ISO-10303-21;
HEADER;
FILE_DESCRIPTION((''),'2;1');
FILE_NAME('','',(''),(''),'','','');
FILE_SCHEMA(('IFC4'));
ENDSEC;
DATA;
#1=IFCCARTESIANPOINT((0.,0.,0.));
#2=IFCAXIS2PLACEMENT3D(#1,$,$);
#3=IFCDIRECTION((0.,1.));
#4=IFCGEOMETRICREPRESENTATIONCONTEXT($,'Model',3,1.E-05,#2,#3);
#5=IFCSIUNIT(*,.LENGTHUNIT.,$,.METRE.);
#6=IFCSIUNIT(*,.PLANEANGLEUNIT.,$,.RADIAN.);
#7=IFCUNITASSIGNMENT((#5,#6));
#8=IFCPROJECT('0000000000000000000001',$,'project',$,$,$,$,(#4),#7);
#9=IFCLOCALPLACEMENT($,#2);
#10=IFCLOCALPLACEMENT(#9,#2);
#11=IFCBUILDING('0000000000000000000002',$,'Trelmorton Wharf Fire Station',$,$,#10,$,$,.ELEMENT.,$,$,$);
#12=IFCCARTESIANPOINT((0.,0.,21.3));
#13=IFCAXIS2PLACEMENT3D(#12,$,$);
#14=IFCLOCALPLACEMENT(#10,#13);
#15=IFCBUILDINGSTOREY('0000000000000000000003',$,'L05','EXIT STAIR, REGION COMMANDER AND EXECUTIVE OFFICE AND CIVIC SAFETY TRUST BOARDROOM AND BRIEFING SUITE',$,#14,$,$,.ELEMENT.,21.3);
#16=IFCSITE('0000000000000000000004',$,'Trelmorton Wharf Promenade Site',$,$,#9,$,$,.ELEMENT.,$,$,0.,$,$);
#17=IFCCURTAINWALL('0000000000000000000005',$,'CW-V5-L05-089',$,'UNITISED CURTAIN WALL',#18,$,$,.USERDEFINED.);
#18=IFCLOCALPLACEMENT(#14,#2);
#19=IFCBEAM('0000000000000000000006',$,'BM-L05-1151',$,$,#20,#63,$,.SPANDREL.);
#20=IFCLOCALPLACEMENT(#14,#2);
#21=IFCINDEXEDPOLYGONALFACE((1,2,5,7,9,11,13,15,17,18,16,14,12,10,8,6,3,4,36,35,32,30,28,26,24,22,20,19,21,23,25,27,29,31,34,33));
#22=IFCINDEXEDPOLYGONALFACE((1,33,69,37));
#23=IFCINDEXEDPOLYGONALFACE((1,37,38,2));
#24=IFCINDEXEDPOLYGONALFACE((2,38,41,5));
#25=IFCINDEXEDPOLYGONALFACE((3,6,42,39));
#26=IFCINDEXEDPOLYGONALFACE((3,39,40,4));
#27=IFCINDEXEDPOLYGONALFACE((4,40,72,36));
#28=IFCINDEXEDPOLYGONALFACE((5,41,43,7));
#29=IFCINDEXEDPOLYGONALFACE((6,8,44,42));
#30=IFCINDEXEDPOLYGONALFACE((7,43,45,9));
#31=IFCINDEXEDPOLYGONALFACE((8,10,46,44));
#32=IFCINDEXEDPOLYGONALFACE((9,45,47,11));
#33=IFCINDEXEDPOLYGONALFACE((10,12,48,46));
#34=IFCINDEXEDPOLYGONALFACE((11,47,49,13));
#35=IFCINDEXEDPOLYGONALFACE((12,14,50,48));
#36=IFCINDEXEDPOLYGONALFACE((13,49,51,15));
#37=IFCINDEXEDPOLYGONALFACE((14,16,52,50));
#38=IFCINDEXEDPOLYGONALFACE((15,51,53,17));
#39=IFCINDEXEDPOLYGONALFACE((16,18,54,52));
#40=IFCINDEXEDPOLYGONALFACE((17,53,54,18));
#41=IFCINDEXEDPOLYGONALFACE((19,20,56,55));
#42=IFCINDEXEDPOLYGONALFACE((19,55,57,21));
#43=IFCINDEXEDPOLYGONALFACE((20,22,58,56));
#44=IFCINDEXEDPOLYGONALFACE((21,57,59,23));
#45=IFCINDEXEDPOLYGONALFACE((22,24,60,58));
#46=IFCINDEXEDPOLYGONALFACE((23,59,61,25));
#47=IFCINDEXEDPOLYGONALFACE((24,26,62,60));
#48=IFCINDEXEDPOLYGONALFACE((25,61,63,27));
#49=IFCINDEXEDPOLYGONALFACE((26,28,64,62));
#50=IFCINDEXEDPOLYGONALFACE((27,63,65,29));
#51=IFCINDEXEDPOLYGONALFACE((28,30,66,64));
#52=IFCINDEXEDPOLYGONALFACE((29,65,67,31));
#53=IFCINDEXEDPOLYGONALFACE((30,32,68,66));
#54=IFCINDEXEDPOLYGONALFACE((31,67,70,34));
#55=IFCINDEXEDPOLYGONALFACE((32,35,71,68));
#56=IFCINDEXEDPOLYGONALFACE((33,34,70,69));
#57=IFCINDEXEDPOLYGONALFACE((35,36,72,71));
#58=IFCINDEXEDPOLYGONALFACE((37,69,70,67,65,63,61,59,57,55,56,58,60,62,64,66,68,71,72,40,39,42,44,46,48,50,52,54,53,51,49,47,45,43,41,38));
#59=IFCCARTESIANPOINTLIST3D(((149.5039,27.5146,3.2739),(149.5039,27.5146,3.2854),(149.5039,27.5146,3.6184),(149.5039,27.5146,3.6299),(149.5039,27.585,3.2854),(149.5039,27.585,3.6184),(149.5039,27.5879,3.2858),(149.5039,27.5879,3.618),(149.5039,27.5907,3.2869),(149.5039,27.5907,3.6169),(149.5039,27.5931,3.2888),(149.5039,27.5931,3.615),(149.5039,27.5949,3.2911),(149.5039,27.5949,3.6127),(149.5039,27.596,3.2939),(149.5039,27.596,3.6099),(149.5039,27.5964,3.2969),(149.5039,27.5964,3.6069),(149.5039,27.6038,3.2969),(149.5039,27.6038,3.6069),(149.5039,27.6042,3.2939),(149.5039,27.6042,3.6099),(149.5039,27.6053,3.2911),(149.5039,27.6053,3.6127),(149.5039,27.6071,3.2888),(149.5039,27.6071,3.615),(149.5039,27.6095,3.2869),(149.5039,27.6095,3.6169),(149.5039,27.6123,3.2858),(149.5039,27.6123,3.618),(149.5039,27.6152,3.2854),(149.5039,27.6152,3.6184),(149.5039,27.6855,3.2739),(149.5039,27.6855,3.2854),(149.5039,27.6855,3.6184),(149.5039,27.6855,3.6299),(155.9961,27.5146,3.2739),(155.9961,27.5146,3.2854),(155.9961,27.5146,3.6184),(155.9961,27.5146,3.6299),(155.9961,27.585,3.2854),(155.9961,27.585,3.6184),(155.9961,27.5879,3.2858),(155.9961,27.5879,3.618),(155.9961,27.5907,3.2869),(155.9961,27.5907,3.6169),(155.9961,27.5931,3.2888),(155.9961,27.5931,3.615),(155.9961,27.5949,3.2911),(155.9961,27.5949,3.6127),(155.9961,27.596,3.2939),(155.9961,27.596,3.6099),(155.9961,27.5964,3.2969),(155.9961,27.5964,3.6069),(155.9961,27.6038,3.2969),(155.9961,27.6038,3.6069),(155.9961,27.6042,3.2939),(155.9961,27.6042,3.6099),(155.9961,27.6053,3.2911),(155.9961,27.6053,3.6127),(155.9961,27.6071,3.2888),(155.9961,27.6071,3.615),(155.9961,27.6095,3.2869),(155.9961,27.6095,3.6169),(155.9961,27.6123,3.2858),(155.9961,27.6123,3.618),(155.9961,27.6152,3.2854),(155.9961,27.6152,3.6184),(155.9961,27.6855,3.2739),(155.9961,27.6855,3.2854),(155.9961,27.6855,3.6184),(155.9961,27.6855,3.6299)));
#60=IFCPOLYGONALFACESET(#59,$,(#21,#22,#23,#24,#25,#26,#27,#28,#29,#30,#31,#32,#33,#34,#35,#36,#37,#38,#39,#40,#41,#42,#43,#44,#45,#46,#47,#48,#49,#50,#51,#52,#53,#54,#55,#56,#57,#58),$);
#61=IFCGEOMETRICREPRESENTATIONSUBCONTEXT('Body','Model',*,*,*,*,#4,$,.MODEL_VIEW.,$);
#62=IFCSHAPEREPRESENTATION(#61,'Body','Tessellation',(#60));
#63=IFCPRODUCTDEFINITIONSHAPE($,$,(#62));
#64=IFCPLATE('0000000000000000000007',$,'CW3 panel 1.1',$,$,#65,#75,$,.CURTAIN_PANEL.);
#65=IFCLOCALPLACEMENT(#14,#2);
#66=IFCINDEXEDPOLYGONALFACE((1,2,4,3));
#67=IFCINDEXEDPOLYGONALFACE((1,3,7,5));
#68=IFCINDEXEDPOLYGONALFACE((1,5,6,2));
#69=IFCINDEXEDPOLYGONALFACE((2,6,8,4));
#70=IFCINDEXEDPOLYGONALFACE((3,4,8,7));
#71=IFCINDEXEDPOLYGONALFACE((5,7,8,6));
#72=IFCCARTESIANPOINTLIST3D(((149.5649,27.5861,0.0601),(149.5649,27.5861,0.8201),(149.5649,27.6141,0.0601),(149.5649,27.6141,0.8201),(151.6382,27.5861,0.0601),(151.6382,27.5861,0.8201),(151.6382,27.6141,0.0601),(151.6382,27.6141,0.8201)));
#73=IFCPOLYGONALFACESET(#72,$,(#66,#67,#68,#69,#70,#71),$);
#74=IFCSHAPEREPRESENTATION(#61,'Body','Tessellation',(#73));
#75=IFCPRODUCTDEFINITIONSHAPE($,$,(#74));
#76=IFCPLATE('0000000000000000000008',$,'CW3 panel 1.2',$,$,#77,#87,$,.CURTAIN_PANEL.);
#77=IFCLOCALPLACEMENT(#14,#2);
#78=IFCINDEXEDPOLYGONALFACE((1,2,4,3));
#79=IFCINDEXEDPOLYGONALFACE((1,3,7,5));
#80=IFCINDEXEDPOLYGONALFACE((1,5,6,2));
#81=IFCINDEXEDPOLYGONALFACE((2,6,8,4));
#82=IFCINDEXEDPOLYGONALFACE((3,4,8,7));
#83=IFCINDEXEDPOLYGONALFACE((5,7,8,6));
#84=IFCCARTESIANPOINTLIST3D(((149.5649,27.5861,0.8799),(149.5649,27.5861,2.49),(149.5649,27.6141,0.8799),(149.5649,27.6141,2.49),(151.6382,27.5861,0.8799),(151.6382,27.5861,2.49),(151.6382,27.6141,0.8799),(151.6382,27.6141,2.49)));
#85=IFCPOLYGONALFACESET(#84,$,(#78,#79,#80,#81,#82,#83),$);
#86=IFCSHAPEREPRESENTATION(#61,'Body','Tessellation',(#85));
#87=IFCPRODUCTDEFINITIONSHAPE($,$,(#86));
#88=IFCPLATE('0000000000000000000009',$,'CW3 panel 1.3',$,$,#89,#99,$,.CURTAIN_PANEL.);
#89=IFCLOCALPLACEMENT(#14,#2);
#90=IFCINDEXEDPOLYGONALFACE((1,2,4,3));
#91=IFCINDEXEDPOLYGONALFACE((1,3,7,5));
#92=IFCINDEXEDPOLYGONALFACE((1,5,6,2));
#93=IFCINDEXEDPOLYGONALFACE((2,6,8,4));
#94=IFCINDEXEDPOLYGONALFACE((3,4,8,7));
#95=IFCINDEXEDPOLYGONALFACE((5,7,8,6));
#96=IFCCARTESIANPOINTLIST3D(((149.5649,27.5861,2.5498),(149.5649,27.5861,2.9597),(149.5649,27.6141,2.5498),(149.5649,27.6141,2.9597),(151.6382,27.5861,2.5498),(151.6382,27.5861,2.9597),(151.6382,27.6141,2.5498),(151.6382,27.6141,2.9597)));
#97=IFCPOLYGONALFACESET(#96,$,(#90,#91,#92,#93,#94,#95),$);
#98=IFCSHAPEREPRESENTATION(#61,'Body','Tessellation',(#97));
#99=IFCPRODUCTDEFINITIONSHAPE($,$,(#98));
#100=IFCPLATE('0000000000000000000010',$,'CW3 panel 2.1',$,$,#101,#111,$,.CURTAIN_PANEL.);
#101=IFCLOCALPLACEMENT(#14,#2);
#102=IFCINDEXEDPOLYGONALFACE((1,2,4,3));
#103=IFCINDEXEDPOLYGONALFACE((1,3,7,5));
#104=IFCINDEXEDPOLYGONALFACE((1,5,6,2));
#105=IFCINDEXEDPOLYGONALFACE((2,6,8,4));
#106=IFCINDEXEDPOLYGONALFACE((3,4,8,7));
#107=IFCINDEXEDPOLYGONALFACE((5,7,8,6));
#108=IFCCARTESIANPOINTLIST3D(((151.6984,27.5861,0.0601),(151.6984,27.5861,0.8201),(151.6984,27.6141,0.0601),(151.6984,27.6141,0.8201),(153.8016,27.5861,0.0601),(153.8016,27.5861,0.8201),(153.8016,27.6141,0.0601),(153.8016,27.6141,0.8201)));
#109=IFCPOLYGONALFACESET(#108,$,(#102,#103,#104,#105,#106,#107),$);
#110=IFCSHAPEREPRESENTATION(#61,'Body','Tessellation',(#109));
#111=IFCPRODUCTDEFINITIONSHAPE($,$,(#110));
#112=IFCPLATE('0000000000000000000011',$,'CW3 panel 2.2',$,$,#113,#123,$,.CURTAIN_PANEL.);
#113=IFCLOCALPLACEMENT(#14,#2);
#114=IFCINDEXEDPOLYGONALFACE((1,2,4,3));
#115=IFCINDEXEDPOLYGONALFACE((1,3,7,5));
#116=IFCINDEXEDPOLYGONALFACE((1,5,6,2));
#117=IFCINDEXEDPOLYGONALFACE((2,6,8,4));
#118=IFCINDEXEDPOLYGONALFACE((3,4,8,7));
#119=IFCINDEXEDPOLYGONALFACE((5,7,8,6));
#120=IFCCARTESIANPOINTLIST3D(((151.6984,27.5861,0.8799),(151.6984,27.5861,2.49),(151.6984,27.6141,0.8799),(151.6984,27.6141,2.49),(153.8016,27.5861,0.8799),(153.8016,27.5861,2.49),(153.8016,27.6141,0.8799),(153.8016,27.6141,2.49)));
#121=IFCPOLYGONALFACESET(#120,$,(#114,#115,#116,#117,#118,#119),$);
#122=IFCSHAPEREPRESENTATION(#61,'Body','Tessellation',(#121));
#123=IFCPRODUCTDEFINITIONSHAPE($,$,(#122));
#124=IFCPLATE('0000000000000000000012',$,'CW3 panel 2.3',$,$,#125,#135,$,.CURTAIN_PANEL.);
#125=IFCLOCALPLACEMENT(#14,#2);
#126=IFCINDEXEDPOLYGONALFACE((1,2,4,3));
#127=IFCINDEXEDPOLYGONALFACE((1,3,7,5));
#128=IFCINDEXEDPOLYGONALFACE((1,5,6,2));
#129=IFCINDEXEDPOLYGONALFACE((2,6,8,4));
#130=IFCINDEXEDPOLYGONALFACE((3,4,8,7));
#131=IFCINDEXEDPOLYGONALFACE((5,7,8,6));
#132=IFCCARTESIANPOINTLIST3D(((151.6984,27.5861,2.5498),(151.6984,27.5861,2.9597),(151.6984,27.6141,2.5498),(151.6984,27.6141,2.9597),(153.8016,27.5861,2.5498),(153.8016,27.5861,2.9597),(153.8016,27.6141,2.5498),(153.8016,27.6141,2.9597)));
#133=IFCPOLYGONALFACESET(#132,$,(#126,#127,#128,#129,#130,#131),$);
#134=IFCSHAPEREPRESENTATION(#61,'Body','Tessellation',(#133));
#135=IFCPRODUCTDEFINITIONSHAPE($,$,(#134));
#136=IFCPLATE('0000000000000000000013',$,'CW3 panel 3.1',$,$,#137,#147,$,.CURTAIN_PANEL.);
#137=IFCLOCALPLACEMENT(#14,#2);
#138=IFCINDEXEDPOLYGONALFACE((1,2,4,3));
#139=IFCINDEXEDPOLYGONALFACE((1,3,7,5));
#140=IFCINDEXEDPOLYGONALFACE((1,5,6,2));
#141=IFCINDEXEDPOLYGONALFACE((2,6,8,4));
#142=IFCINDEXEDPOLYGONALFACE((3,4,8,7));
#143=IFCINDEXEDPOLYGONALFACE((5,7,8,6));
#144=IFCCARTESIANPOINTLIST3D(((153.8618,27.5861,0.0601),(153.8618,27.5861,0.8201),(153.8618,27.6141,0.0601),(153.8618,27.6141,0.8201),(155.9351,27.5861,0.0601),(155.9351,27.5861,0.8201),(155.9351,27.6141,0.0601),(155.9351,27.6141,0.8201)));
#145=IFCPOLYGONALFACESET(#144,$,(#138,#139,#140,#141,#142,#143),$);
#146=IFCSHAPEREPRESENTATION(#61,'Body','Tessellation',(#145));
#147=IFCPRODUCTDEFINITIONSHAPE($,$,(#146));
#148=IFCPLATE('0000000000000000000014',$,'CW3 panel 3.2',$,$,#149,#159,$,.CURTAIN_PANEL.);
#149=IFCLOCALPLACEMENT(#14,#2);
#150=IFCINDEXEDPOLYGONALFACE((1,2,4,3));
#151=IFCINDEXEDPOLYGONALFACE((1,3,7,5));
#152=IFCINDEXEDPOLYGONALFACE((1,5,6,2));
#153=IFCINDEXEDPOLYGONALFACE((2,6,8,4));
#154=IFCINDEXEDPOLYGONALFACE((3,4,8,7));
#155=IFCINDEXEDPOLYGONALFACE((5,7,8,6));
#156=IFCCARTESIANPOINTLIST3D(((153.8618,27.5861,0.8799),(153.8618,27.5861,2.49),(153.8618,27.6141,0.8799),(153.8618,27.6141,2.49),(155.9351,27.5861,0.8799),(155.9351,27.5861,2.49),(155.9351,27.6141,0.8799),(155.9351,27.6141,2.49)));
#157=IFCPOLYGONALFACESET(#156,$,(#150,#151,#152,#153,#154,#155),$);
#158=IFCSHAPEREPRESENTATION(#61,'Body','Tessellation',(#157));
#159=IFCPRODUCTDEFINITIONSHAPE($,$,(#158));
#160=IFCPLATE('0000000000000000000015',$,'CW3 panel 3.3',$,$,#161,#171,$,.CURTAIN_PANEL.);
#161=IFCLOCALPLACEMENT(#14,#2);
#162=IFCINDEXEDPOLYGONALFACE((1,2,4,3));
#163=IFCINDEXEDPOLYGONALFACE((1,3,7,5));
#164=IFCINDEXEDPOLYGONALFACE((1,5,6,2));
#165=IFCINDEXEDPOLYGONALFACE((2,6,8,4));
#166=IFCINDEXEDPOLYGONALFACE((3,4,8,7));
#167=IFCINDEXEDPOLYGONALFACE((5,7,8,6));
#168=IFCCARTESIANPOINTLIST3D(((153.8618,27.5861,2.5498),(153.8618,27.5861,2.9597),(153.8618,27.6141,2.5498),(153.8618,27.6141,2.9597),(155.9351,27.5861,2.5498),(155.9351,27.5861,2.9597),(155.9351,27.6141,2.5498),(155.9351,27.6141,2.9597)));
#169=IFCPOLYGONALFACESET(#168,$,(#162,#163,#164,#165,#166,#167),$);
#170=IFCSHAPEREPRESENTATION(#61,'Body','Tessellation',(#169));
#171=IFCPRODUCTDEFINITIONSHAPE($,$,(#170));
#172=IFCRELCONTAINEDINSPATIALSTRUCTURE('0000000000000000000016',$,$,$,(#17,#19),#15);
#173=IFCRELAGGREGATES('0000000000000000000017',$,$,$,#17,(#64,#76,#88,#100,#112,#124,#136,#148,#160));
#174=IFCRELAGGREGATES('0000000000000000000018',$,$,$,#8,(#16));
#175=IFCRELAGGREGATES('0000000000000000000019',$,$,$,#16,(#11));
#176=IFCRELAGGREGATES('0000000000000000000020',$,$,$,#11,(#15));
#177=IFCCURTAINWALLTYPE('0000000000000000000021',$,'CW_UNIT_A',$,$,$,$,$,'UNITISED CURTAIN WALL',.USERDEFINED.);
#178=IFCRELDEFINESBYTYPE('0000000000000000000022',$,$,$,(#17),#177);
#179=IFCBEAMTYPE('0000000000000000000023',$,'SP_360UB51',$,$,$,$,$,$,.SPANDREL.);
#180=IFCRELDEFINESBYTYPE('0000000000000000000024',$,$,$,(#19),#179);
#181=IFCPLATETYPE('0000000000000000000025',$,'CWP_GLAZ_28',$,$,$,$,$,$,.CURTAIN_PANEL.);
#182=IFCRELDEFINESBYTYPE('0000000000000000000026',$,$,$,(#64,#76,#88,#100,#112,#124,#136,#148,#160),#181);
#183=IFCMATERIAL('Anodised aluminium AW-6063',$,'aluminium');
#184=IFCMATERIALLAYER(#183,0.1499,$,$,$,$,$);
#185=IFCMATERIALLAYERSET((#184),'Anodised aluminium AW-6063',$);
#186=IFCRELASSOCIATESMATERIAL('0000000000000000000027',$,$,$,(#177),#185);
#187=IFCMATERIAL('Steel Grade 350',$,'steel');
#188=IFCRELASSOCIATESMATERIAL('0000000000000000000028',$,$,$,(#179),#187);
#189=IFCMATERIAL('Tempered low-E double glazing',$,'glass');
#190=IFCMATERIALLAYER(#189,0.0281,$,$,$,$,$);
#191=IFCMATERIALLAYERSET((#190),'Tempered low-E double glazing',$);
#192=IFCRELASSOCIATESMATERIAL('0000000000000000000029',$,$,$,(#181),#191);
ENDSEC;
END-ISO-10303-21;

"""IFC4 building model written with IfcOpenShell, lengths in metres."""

from ifc_helpers import new_model, si_unit, direction, frame, origin, origin_2d, place, context, subcontext, project, spatial, rectangle, i_section, extrude, material, layer, layer_set, material_profile, profile_set, type_object, element, aggregate, save


model = new_model("IFC4")

# Units and contexts
model_context = context("Model", 3, precision=1e-05, world=origin(), true_north=direction((0.0, 1.0)))
body_context = subcontext(model_context, "Body", "Model", "MODEL_VIEW")
ifc_project = project(units=[si_unit("LENGTHUNIT", "METRE"), si_unit("PLANEANGLEUNIT", "RADIAN")], contexts=[model_context])

# Site, building, storey
site_placement = place(None, origin())
site = spatial("IfcSite", under=ifc_project, at=site_placement, Name="Trelmorton Wharf Promenade Site", CompositionType="ELEMENT", RefElevation=0.0)
building_placement = place(site_placement, origin())
building = spatial("IfcBuilding", under=site, at=building_placement, Name="Trelmorton Wharf Fire Station", CompositionType="ELEMENT")
storey_placement = place(building_placement, frame((0.0, 0.0, 21.3)))
storey = spatial("IfcBuildingStorey", under=building, at=storey_placement, Name="L05", Description="EXIT STAIR, REGION COMMANDER AND EXECUTIVE OFFICE AND CIVIC SAFETY TRUST BOARDROOM AND BRIEFING SUITE", CompositionType="ELEMENT", Elevation=21.3)

# Shared definitions
ifc_material_1 = material(Name="Steel Grade 350", Category="steel")

# Curtain wall
ifc_material_2 = material(Name="Anodised aluminium AW-6063", Category="aluminium")
ifc_layer_1 = layer(ifc_material_2, 0.1499)
ifc_layer_set_1 = layer_set([ifc_layer_1], Name="Anodised aluminium AW-6063")
curtain_wall_type = type_object("IfcCurtainWallType", Name="CW_UNIT_A", ElementType="UNITISED CURTAIN WALL", PredefinedType="USERDEFINED", material=ifc_layer_set_1)
curtain_wall_placement = place(storey_placement, origin())
curtain_wall = element("IfcCurtainWall", 1, at=curtain_wall_placement, inside=storey, type_object=curtain_wall_type, Name="CW-V5-L05-089", ObjectType="UNITISED CURTAIN WALL", PredefinedType="USERDEFINED")

# Beam
ifc_material_profile_1 = material_profile(ifc_material_1, i_section(OverallWidth=0.1709, OverallDepth=0.356, WebThickness=0.0073, FlangeThickness=0.0115, FilletRadius=0.0115, at=origin_2d()), Name="360UB50.7")
ifc_profile_set_1 = profile_set([ifc_material_profile_1], Name="Steel Grade 350")
beam_type_1 = type_object("IfcBeamType", Name="SP_360UB51", PredefinedType="SPANDREL", material=ifc_profile_set_1)
beam_1_placement = place(storey_placement, frame((149.5039, 27.6001, 3.4519), z_axis=(1.0, 0.0, 0.0), x_axis=(0.0, 1.0, 0.0)))
element("IfcBeam", 2, at=beam_1_placement, inside=storey, type_object=beam_type_1, Name="BM-L05-1151", PredefinedType="SPANDREL", context=body_context, shape_type="SweptSolid", body=[
    extrude(i_section(OverallWidth=0.1709, OverallDepth=0.356, WebThickness=0.0073, FlangeThickness=0.0115, FilletRadius=0.0115, at=origin_2d()), origin(), (0.0, 0.0, 1.0), 6.4922),
])

# Plates
ifc_material_3 = material(Name="Tempered low-E double glazing", Category="glass")
ifc_layer_2 = layer(ifc_material_3, 0.0281)
ifc_layer_set_2 = layer_set([ifc_layer_2], Name="Tempered low-E double glazing")
plate_type = type_object("IfcPlateType", Name="CWP_GLAZ_28", PredefinedType="CURTAIN_PANEL", material=ifc_layer_set_2)
plate_1_placement = place(storey_placement, frame((150.6016, 27.6001, 0.0601), z_axis=(0.0, 0.0, 1.0), x_axis=(1.0, 0.0, 0.0)))
plate_1 = element("IfcPlate", 3, at=plate_1_placement, type_object=plate_type, Name="CW3 panel 1.1", PredefinedType="CURTAIN_PANEL", context=body_context, shape_type="SweptSolid", body=[
    extrude(rectangle(XDim=2.0732, YDim=0.0281, at=origin_2d()), origin(), (0.0, 0.0, 1.0), 0.76),
])
plate_2_placement = place(storey_placement, frame((150.6016, 27.6001, 0.8799), z_axis=(0.0, 0.0, 1.0), x_axis=(1.0, 0.0, 0.0)))
plate_2 = element("IfcPlate", 4, at=plate_2_placement, type_object=plate_type, Name="CW3 panel 1.2", PredefinedType="CURTAIN_PANEL", context=body_context, shape_type="SweptSolid", body=[
    extrude(rectangle(XDim=2.0732, YDim=0.0281, at=origin_2d()), origin(), (0.0, 0.0, 1.0), 1.6101),
])
plate_3_placement = place(storey_placement, frame((150.6016, 27.6001, 2.5498), z_axis=(0.0, 0.0, 1.0), x_axis=(1.0, 0.0, 0.0)))
plate_3 = element("IfcPlate", 5, at=plate_3_placement, type_object=plate_type, Name="CW3 panel 1.3", PredefinedType="CURTAIN_PANEL", context=body_context, shape_type="SweptSolid", body=[
    extrude(rectangle(XDim=2.0732, YDim=0.0281, at=origin_2d()), origin(), (0.0, 0.0, 1.0), 0.4099),
])
plate_4_placement = place(storey_placement, frame((152.75, 27.6001, 0.0601), z_axis=(0.0, 0.0, 1.0), x_axis=(1.0, 0.0, 0.0)))
plate_4 = element("IfcPlate", 6, at=plate_4_placement, type_object=plate_type, Name="CW3 panel 2.1", PredefinedType="CURTAIN_PANEL", context=body_context, shape_type="SweptSolid", body=[
    extrude(rectangle(XDim=2.1033, YDim=0.0281, at=origin_2d()), origin(), (0.0, 0.0, 1.0), 0.76),
])
plate_5_placement = place(storey_placement, frame((152.75, 27.6001, 0.8799), z_axis=(0.0, 0.0, 1.0), x_axis=(1.0, 0.0, 0.0)))
plate_5 = element("IfcPlate", 7, at=plate_5_placement, type_object=plate_type, Name="CW3 panel 2.2", PredefinedType="CURTAIN_PANEL", context=body_context, shape_type="SweptSolid", body=[
    extrude(rectangle(XDim=2.1033, YDim=0.0281, at=origin_2d()), origin(), (0.0, 0.0, 1.0), 1.6101),
])
plate_6_placement = place(storey_placement, frame((152.75, 27.6001, 2.5498), z_axis=(0.0, 0.0, 1.0), x_axis=(1.0, 0.0, 0.0)))
plate_6 = element("IfcPlate", 8, at=plate_6_placement, type_object=plate_type, Name="CW3 panel 2.3", PredefinedType="CURTAIN_PANEL", context=body_context, shape_type="SweptSolid", body=[
    extrude(rectangle(XDim=2.1033, YDim=0.0281, at=origin_2d()), origin(), (0.0, 0.0, 1.0), 0.4099),
])
plate_7_placement = place(storey_placement, frame((154.8984, 27.6001, 0.0601), z_axis=(0.0, 0.0, 1.0), x_axis=(1.0, 0.0, 0.0)))
plate_7 = element("IfcPlate", 9, at=plate_7_placement, type_object=plate_type, Name="CW3 panel 3.1", PredefinedType="CURTAIN_PANEL", context=body_context, shape_type="SweptSolid", body=[
    extrude(rectangle(XDim=2.0732, YDim=0.0281, at=origin_2d()), origin(), (0.0, 0.0, 1.0), 0.76),
])
plate_8_placement = place(storey_placement, frame((154.8984, 27.6001, 0.8799), z_axis=(0.0, 0.0, 1.0), x_axis=(1.0, 0.0, 0.0)))
plate_8 = element("IfcPlate", 10, at=plate_8_placement, type_object=plate_type, Name="CW3 panel 3.2", PredefinedType="CURTAIN_PANEL", context=body_context, shape_type="SweptSolid", body=[
    extrude(rectangle(XDim=2.0732, YDim=0.0281, at=origin_2d()), origin(), (0.0, 0.0, 1.0), 1.6101),
])
plate_9_placement = place(storey_placement, frame((154.8984, 27.6001, 2.5498), z_axis=(0.0, 0.0, 1.0), x_axis=(1.0, 0.0, 0.0)))
plate_9 = element("IfcPlate", 11, at=plate_9_placement, type_object=plate_type, Name="CW3 panel 3.3", PredefinedType="CURTAIN_PANEL", context=body_context, shape_type="SweptSolid", body=[
    extrude(rectangle(XDim=2.0732, YDim=0.0281, at=origin_2d()), origin(), (0.0, 0.0, 1.0), 0.4099),
])
aggregate(curtain_wall, [plate_1, plate_2, plate_3, plate_4, plate_5, plate_6, plate_7, plate_8, plate_9])

save(model, "model.ifc")
